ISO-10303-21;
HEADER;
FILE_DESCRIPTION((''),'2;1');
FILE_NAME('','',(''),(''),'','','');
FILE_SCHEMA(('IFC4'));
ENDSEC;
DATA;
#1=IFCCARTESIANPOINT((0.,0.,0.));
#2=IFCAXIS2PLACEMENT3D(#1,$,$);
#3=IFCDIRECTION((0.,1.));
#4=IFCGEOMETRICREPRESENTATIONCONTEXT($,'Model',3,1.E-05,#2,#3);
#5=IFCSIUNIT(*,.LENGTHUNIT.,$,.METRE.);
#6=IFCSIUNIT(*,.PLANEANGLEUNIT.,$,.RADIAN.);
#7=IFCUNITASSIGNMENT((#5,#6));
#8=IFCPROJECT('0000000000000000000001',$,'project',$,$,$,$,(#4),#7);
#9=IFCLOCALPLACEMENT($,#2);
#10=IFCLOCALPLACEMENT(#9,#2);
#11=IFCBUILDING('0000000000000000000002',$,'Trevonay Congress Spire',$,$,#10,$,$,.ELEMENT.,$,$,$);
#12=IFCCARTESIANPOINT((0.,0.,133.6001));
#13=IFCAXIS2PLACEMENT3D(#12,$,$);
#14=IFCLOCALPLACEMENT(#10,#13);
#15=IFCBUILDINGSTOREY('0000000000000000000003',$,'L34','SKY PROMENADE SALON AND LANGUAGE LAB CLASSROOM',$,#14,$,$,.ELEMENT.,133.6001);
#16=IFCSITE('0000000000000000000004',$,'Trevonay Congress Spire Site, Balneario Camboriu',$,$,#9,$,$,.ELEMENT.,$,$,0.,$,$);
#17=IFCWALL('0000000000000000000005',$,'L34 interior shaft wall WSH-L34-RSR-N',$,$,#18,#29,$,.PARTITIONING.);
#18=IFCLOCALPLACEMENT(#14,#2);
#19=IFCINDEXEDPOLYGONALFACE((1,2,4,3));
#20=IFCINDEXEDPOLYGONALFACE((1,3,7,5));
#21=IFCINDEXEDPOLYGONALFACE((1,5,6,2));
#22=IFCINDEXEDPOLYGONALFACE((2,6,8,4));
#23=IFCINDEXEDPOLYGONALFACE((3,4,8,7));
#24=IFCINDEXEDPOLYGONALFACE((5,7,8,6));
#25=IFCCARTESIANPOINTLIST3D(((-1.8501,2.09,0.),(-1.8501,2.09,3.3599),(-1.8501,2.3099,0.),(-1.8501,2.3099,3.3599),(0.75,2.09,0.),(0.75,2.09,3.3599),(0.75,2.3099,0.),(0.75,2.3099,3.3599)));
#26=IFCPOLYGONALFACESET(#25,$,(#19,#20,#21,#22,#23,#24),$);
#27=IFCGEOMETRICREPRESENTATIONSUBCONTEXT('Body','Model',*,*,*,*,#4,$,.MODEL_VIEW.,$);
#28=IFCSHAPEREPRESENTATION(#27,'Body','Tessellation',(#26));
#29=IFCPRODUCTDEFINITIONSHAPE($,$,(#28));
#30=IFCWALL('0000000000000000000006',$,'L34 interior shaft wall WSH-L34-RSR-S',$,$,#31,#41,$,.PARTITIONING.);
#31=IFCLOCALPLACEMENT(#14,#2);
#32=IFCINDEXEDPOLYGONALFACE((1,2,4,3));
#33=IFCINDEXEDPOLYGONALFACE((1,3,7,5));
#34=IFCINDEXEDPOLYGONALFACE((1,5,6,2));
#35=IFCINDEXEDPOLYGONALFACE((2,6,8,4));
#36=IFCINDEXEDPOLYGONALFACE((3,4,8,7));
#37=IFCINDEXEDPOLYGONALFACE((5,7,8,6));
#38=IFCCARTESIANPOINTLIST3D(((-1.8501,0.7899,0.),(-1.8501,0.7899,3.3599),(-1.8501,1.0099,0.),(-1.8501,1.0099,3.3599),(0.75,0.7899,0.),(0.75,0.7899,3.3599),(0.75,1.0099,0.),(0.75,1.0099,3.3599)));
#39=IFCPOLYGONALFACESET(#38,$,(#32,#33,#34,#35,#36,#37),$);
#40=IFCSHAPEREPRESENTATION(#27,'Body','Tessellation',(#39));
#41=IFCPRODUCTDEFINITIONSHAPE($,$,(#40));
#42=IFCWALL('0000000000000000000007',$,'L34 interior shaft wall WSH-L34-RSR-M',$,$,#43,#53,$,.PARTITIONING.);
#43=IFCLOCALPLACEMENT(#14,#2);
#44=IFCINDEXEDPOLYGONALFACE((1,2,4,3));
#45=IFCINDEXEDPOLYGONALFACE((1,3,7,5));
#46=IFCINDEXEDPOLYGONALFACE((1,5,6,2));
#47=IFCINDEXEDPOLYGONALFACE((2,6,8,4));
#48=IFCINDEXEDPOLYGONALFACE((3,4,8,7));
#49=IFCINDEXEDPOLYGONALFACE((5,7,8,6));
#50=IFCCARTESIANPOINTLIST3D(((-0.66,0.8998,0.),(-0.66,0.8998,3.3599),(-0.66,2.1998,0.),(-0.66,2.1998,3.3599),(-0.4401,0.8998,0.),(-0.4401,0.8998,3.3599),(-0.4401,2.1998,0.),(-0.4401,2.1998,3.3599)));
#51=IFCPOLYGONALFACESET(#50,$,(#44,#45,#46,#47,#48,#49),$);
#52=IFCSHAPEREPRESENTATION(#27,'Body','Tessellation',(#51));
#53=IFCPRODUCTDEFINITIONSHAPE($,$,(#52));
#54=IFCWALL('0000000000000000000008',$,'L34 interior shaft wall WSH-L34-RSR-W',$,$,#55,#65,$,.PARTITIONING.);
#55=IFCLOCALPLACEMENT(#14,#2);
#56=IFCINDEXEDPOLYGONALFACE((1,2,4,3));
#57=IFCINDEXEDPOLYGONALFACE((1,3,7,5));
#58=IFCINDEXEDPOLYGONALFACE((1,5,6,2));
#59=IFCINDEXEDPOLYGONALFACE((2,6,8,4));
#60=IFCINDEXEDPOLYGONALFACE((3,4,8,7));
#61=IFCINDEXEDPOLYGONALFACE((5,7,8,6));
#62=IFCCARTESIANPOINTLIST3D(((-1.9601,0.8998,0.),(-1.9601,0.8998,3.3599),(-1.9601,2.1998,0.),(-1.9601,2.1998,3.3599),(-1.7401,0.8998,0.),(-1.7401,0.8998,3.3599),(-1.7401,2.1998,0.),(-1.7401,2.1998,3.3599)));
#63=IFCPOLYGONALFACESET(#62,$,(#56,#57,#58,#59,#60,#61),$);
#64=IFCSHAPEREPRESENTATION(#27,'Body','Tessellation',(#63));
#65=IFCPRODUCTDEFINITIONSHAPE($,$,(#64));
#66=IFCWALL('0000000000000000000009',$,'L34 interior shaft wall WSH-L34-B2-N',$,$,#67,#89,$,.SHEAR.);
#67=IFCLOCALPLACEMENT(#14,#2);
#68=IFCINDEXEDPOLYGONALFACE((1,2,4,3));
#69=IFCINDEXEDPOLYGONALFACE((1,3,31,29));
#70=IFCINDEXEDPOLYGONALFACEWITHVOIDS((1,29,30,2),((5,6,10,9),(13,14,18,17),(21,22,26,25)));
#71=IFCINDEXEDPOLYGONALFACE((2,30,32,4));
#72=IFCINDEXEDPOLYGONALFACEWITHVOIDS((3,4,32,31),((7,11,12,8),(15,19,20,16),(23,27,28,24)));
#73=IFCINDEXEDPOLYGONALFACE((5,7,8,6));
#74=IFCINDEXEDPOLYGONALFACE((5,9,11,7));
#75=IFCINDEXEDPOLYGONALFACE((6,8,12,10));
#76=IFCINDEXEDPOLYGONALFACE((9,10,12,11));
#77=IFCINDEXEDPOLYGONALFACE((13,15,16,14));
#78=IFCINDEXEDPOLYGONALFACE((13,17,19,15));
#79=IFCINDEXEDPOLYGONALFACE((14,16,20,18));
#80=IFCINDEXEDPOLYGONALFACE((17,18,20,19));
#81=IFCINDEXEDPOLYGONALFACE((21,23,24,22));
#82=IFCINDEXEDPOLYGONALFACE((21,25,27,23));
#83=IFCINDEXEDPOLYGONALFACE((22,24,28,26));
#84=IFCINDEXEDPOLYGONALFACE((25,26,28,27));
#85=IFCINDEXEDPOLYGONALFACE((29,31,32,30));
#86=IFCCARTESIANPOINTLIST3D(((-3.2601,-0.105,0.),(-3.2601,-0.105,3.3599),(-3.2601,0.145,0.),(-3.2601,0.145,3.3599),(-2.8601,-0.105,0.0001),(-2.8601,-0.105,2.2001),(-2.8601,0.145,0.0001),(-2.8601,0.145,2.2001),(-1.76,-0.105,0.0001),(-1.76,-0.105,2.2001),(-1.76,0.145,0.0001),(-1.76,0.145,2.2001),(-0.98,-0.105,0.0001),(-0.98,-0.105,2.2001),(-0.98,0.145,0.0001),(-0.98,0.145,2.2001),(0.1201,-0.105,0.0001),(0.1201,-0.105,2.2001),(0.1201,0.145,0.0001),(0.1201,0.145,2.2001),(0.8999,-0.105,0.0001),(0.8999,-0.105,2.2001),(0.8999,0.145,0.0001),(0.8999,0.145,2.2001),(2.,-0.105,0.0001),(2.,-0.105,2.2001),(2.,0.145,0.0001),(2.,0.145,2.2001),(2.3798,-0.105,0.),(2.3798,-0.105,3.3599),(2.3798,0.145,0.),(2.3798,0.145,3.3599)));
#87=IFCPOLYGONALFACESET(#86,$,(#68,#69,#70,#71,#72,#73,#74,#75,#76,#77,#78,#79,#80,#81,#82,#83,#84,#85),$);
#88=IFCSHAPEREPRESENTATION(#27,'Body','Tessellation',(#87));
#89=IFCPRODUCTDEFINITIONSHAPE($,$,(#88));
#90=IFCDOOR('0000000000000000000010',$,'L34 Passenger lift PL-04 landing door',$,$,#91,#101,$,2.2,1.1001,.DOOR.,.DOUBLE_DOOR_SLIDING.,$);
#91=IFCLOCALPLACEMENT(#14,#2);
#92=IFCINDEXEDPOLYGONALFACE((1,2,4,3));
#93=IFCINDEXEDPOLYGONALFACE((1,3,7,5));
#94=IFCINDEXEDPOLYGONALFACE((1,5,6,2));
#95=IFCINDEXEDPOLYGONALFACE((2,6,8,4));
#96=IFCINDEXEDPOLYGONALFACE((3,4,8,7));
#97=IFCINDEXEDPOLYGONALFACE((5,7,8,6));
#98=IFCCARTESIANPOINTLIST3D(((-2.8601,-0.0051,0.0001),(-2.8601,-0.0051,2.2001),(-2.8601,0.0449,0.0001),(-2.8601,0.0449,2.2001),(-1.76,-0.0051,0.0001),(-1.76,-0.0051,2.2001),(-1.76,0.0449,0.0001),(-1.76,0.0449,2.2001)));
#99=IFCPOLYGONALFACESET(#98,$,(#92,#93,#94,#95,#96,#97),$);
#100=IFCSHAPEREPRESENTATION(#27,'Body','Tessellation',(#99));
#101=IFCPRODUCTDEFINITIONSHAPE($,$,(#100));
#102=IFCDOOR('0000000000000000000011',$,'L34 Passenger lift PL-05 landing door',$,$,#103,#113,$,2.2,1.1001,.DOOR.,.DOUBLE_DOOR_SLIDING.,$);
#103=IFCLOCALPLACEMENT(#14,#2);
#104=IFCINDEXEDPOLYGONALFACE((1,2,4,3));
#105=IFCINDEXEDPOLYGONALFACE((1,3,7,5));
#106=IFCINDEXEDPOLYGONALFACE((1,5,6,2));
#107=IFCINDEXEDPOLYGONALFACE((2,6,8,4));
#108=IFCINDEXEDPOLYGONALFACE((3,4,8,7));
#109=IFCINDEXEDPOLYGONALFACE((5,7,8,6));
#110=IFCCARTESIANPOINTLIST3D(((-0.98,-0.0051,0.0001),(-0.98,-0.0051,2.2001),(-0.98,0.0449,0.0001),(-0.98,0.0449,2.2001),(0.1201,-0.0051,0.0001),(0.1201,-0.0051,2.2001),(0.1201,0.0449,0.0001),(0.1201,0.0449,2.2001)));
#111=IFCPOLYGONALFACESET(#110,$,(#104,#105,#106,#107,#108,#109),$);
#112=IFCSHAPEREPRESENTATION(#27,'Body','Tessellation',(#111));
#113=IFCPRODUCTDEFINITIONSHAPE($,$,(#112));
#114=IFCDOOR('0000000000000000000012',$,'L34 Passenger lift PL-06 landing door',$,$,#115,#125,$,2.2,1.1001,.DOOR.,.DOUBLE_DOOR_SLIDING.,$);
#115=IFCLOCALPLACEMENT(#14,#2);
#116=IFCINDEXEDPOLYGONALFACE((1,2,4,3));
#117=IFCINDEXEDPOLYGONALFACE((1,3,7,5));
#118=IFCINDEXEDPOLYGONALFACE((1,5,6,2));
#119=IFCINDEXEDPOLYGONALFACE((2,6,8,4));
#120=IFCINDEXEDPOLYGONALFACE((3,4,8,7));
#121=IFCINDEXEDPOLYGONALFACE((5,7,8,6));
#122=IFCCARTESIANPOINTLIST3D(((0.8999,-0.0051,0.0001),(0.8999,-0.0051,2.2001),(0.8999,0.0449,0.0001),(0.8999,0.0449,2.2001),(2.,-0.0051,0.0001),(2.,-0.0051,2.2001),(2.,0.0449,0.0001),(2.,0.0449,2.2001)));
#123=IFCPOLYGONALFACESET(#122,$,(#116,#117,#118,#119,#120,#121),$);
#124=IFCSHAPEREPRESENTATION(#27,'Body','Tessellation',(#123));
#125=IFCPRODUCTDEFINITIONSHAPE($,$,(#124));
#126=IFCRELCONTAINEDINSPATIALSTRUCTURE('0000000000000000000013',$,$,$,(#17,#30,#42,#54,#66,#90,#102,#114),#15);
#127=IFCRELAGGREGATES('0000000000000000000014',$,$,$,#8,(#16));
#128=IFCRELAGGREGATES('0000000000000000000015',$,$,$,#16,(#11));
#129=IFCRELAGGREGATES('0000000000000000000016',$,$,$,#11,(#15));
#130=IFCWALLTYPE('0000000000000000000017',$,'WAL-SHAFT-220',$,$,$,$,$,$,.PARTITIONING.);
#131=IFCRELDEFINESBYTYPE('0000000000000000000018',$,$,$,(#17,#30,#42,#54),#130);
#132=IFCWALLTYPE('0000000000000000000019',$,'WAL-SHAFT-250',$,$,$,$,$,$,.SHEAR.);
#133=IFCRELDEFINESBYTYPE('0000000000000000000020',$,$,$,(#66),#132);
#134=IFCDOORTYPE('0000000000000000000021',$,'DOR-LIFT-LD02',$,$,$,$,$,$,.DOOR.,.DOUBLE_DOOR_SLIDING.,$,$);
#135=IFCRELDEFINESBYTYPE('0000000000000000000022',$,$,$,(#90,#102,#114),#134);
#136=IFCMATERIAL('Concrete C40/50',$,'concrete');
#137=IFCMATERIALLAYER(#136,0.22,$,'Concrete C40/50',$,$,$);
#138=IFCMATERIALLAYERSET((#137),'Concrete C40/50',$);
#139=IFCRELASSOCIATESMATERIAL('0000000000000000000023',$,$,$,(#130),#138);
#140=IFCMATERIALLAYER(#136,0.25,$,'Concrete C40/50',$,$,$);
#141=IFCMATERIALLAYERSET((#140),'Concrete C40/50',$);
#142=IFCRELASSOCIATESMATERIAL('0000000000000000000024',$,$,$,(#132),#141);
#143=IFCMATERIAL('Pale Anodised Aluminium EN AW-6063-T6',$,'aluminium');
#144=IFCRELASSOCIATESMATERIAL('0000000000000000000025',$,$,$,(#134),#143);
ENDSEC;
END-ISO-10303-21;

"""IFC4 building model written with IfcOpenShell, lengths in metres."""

from ifc_helpers import new_model, si_unit, direction, frame, frame_2d, origin, place, context, subcontext, project, spatial, rectangle, extrude, material, layer, layer_set, type_object, element, fill, save


model = new_model("IFC4")

# Units and contexts
model_context = context("Model", 3, precision=1e-05, world=origin(), true_north=direction((0.0, 1.0)))
body_context = subcontext(model_context, "Body", "Model", "MODEL_VIEW")
ifc_project = project(units=[si_unit("LENGTHUNIT", "METRE"), si_unit("PLANEANGLEUNIT", "RADIAN")], contexts=[model_context])

# Site, building, storey
site_placement = place(None, origin())
site = spatial("IfcSite", under=ifc_project, at=site_placement, Name="Trevonay Congress Spire Site, Balneario Camboriu", CompositionType="ELEMENT", RefElevation=0.0)
building_placement = place(site_placement, origin())
building = spatial("IfcBuilding", under=site, at=building_placement, Name="Trevonay Congress Spire", CompositionType="ELEMENT")
storey_placement = place(building_placement, frame((0.0, 0.0, 133.6001)))
storey = spatial("IfcBuildingStorey", under=building, at=storey_placement, Name="L34", Description="SKY PROMENADE SALON AND LANGUAGE LAB CLASSROOM", CompositionType="ELEMENT", Elevation=133.6001)

# Walls
ifc_material_1 = material(Name="Concrete C40/50", Category="concrete")
ifc_layer_1 = layer(ifc_material_1, 0.22, Name="Concrete C40/50")
ifc_layer_set_1 = layer_set([ifc_layer_1], Name="Concrete C40/50")
wall_type_1 = type_object("IfcWallType", Name="WAL-SHAFT-220", PredefinedType="PARTITIONING", material=ifc_layer_set_1)
for number, where, z_axis, x_axis, name in (
    (1, (-1.8501, 2.2, 0.0), (0.0, 0.0, 1.0), (1.0, 0.0, 0.0), "L34 interior shaft wall WSH-L34-RSR-N"),
    (2, (-1.8501, 0.8999, 0.0), (0.0, 0.0, 1.0), (1.0, 0.0, 0.0), "L34 interior shaft wall WSH-L34-RSR-S"),
):
    element("IfcWall", number, at=place(storey_placement, frame(where, z_axis=z_axis, x_axis=x_axis)), inside=storey, type_object=wall_type_1, Name=name, PredefinedType="PARTITIONING", context=body_context, shape_type="SweptSolid", body=[
        extrude(rectangle(XDim=2.6001, YDim=0.22, at=frame_2d((1.3, 0.0))), origin(), (0.0, 0.0, 1.0), 3.3599),
    ])
for number, where, z_axis, x_axis, name in (
    (3, (-0.55, 0.8999, 0.0), (0.0, 0.0, 1.0), (0.0, 1.0, 0.0), "L34 interior shaft wall WSH-L34-RSR-M"),
    (4, (-1.8501, 0.8999, 0.0), (0.0, 0.0, 1.0), (0.0, 1.0, 0.0), "L34 interior shaft wall WSH-L34-RSR-W"),
):
    element("IfcWall", number, at=place(storey_placement, frame(where, z_axis=z_axis, x_axis=x_axis)), inside=storey, type_object=wall_type_1, Name=name, PredefinedType="PARTITIONING", context=body_context, shape_type="SweptSolid", body=[
        extrude(rectangle(XDim=1.3, YDim=0.22, at=frame_2d((0.6499, 0.0))), origin(), (0.0, 0.0, 1.0), 3.3599),
    ])

# Wall, openings, doors
ifc_layer_2 = layer(ifc_material_1, 0.25, Name="Concrete C40/50")
ifc_layer_set_2 = layer_set([ifc_layer_2], Name="Concrete C40/50")
wall_type_2 = type_object("IfcWallType", Name="WAL-SHAFT-250", PredefinedType="SHEAR", material=ifc_layer_set_2)
wall_1_placement = place(storey_placement, frame((-3.26, 0.02, 0.0), z_axis=(0.0, 0.0, 1.0), x_axis=(1.0, 0.0, 0.0)))
wall_1 = element("IfcWall", 5, at=wall_1_placement, inside=storey, type_object=wall_type_2, Name="L34 interior shaft wall WSH-L34-B2-N", PredefinedType="SHEAR", context=body_context, shape_type="SweptSolid", body=[
    extrude(rectangle(XDim=5.6399, YDim=0.25, at=frame_2d((2.8198, 0.0))), origin(), (0.0, 0.0, 1.0), 3.3599),
])
opening_1_placement = place(wall_1_placement, frame((0.3999, 0.0, 0.0)))
opening_1 = element("IfcOpeningElement", 6, at=opening_1_placement, cuts=wall_1, PredefinedType="OPENING", context=body_context, shape_type="SweptSolid", body=[
    extrude(rectangle(XDim=1.1001, YDim=2.2, at=frame_2d((0.55, 1.1001))), frame((0.0, 0.135, 0.0), z_axis=(0.0, -1.0, 0.0), x_axis=(1.0, 0.0, 0.0)), (0.0, 0.0, 1.0), 0.27),
])
opening_2_placement = place(wall_1_placement, frame((2.28, 0.0, 0.0)))
opening_2 = element("IfcOpeningElement", 7, at=opening_2_placement, cuts=wall_1, PredefinedType="OPENING", context=body_context, shape_type="SweptSolid", body=[
    extrude(rectangle(XDim=1.1001, YDim=2.2, at=frame_2d((0.55, 1.1001))), frame((0.0, 0.135, 0.0), z_axis=(0.0, -1.0, 0.0), x_axis=(1.0, 0.0, 0.0)), (0.0, 0.0, 1.0), 0.27),
])
opening_3_placement = place(wall_1_placement, frame((4.1599, 0.0, 0.0)))
opening_3 = element("IfcOpeningElement", 8, at=opening_3_placement, cuts=wall_1, PredefinedType="OPENING", context=body_context, shape_type="SweptSolid", body=[
    extrude(rectangle(XDim=1.1001, YDim=2.2, at=frame_2d((0.55, 1.1001))), frame((0.0, 0.135, 0.0), z_axis=(0.0, -1.0, 0.0), x_axis=(1.0, 0.0, 0.0)), (0.0, 0.0, 1.0), 0.27),
])
ifc_material_2 = material(Name="Pale Anodised Aluminium EN AW-6063-T6", Category="aluminium")
door_type_1 = type_object("IfcDoorType", Name="DOR-LIFT-LD02", OperationType="DOUBLE_DOOR_SLIDING", PredefinedType="DOOR", material=ifc_material_2)
door_1_placement = place(opening_1_placement, origin())
door_1 = element("IfcDoor", 9, at=door_1_placement, inside=storey, type_object=door_type_1, Name="L34 Passenger lift PL-04 landing door", OperationType="DOUBLE_DOOR_SLIDING", OverallHeight=2.2, OverallWidth=1.1001, PredefinedType="DOOR", context=body_context, shape_type="SweptSolid", body=[
    extrude(rectangle(XDim=1.1001, YDim=2.2, at=frame_2d((0.55, 1.1001))), frame((0.0, 0.0249, 0.0), z_axis=(0.0, -1.0, 0.0), x_axis=(1.0, 0.0, 0.0)), (0.0, 0.0, 1.0), 0.05),
])
fill(opening_1, door_1)
door_2_placement = place(opening_2_placement, origin())
door_2 = element("IfcDoor", 10, at=door_2_placement, inside=storey, type_object=door_type_1, Name="L34 Passenger lift PL-05 landing door", OperationType="DOUBLE_DOOR_SLIDING", OverallHeight=2.2, OverallWidth=1.1001, PredefinedType="DOOR", context=body_context, shape_type="SweptSolid", body=[
    extrude(rectangle(XDim=1.1001, YDim=2.2, at=frame_2d((0.55, 1.1001))), frame((0.0, 0.0249, 0.0), z_axis=(0.0, -1.0, 0.0), x_axis=(1.0, 0.0, 0.0)), (0.0, 0.0, 1.0), 0.05),
])
fill(opening_2, door_2)
door_3_placement = place(opening_3_placement, origin())
door_3 = element("IfcDoor", 11, at=door_3_placement, inside=storey, type_object=door_type_1, Name="L34 Passenger lift PL-06 landing door", OperationType="DOUBLE_DOOR_SLIDING", OverallHeight=2.2, OverallWidth=1.1001, PredefinedType="DOOR", context=body_context, shape_type="SweptSolid", body=[
    extrude(rectangle(XDim=1.1001, YDim=2.2, at=frame_2d((0.55, 1.1001))), frame((0.0, 0.0249, 0.0), z_axis=(0.0, -1.0, 0.0), x_axis=(1.0, 0.0, 0.0)), (0.0, 0.0, 1.0), 0.05),
])
fill(opening_3, door_3)

save(model, "model.ifc")
